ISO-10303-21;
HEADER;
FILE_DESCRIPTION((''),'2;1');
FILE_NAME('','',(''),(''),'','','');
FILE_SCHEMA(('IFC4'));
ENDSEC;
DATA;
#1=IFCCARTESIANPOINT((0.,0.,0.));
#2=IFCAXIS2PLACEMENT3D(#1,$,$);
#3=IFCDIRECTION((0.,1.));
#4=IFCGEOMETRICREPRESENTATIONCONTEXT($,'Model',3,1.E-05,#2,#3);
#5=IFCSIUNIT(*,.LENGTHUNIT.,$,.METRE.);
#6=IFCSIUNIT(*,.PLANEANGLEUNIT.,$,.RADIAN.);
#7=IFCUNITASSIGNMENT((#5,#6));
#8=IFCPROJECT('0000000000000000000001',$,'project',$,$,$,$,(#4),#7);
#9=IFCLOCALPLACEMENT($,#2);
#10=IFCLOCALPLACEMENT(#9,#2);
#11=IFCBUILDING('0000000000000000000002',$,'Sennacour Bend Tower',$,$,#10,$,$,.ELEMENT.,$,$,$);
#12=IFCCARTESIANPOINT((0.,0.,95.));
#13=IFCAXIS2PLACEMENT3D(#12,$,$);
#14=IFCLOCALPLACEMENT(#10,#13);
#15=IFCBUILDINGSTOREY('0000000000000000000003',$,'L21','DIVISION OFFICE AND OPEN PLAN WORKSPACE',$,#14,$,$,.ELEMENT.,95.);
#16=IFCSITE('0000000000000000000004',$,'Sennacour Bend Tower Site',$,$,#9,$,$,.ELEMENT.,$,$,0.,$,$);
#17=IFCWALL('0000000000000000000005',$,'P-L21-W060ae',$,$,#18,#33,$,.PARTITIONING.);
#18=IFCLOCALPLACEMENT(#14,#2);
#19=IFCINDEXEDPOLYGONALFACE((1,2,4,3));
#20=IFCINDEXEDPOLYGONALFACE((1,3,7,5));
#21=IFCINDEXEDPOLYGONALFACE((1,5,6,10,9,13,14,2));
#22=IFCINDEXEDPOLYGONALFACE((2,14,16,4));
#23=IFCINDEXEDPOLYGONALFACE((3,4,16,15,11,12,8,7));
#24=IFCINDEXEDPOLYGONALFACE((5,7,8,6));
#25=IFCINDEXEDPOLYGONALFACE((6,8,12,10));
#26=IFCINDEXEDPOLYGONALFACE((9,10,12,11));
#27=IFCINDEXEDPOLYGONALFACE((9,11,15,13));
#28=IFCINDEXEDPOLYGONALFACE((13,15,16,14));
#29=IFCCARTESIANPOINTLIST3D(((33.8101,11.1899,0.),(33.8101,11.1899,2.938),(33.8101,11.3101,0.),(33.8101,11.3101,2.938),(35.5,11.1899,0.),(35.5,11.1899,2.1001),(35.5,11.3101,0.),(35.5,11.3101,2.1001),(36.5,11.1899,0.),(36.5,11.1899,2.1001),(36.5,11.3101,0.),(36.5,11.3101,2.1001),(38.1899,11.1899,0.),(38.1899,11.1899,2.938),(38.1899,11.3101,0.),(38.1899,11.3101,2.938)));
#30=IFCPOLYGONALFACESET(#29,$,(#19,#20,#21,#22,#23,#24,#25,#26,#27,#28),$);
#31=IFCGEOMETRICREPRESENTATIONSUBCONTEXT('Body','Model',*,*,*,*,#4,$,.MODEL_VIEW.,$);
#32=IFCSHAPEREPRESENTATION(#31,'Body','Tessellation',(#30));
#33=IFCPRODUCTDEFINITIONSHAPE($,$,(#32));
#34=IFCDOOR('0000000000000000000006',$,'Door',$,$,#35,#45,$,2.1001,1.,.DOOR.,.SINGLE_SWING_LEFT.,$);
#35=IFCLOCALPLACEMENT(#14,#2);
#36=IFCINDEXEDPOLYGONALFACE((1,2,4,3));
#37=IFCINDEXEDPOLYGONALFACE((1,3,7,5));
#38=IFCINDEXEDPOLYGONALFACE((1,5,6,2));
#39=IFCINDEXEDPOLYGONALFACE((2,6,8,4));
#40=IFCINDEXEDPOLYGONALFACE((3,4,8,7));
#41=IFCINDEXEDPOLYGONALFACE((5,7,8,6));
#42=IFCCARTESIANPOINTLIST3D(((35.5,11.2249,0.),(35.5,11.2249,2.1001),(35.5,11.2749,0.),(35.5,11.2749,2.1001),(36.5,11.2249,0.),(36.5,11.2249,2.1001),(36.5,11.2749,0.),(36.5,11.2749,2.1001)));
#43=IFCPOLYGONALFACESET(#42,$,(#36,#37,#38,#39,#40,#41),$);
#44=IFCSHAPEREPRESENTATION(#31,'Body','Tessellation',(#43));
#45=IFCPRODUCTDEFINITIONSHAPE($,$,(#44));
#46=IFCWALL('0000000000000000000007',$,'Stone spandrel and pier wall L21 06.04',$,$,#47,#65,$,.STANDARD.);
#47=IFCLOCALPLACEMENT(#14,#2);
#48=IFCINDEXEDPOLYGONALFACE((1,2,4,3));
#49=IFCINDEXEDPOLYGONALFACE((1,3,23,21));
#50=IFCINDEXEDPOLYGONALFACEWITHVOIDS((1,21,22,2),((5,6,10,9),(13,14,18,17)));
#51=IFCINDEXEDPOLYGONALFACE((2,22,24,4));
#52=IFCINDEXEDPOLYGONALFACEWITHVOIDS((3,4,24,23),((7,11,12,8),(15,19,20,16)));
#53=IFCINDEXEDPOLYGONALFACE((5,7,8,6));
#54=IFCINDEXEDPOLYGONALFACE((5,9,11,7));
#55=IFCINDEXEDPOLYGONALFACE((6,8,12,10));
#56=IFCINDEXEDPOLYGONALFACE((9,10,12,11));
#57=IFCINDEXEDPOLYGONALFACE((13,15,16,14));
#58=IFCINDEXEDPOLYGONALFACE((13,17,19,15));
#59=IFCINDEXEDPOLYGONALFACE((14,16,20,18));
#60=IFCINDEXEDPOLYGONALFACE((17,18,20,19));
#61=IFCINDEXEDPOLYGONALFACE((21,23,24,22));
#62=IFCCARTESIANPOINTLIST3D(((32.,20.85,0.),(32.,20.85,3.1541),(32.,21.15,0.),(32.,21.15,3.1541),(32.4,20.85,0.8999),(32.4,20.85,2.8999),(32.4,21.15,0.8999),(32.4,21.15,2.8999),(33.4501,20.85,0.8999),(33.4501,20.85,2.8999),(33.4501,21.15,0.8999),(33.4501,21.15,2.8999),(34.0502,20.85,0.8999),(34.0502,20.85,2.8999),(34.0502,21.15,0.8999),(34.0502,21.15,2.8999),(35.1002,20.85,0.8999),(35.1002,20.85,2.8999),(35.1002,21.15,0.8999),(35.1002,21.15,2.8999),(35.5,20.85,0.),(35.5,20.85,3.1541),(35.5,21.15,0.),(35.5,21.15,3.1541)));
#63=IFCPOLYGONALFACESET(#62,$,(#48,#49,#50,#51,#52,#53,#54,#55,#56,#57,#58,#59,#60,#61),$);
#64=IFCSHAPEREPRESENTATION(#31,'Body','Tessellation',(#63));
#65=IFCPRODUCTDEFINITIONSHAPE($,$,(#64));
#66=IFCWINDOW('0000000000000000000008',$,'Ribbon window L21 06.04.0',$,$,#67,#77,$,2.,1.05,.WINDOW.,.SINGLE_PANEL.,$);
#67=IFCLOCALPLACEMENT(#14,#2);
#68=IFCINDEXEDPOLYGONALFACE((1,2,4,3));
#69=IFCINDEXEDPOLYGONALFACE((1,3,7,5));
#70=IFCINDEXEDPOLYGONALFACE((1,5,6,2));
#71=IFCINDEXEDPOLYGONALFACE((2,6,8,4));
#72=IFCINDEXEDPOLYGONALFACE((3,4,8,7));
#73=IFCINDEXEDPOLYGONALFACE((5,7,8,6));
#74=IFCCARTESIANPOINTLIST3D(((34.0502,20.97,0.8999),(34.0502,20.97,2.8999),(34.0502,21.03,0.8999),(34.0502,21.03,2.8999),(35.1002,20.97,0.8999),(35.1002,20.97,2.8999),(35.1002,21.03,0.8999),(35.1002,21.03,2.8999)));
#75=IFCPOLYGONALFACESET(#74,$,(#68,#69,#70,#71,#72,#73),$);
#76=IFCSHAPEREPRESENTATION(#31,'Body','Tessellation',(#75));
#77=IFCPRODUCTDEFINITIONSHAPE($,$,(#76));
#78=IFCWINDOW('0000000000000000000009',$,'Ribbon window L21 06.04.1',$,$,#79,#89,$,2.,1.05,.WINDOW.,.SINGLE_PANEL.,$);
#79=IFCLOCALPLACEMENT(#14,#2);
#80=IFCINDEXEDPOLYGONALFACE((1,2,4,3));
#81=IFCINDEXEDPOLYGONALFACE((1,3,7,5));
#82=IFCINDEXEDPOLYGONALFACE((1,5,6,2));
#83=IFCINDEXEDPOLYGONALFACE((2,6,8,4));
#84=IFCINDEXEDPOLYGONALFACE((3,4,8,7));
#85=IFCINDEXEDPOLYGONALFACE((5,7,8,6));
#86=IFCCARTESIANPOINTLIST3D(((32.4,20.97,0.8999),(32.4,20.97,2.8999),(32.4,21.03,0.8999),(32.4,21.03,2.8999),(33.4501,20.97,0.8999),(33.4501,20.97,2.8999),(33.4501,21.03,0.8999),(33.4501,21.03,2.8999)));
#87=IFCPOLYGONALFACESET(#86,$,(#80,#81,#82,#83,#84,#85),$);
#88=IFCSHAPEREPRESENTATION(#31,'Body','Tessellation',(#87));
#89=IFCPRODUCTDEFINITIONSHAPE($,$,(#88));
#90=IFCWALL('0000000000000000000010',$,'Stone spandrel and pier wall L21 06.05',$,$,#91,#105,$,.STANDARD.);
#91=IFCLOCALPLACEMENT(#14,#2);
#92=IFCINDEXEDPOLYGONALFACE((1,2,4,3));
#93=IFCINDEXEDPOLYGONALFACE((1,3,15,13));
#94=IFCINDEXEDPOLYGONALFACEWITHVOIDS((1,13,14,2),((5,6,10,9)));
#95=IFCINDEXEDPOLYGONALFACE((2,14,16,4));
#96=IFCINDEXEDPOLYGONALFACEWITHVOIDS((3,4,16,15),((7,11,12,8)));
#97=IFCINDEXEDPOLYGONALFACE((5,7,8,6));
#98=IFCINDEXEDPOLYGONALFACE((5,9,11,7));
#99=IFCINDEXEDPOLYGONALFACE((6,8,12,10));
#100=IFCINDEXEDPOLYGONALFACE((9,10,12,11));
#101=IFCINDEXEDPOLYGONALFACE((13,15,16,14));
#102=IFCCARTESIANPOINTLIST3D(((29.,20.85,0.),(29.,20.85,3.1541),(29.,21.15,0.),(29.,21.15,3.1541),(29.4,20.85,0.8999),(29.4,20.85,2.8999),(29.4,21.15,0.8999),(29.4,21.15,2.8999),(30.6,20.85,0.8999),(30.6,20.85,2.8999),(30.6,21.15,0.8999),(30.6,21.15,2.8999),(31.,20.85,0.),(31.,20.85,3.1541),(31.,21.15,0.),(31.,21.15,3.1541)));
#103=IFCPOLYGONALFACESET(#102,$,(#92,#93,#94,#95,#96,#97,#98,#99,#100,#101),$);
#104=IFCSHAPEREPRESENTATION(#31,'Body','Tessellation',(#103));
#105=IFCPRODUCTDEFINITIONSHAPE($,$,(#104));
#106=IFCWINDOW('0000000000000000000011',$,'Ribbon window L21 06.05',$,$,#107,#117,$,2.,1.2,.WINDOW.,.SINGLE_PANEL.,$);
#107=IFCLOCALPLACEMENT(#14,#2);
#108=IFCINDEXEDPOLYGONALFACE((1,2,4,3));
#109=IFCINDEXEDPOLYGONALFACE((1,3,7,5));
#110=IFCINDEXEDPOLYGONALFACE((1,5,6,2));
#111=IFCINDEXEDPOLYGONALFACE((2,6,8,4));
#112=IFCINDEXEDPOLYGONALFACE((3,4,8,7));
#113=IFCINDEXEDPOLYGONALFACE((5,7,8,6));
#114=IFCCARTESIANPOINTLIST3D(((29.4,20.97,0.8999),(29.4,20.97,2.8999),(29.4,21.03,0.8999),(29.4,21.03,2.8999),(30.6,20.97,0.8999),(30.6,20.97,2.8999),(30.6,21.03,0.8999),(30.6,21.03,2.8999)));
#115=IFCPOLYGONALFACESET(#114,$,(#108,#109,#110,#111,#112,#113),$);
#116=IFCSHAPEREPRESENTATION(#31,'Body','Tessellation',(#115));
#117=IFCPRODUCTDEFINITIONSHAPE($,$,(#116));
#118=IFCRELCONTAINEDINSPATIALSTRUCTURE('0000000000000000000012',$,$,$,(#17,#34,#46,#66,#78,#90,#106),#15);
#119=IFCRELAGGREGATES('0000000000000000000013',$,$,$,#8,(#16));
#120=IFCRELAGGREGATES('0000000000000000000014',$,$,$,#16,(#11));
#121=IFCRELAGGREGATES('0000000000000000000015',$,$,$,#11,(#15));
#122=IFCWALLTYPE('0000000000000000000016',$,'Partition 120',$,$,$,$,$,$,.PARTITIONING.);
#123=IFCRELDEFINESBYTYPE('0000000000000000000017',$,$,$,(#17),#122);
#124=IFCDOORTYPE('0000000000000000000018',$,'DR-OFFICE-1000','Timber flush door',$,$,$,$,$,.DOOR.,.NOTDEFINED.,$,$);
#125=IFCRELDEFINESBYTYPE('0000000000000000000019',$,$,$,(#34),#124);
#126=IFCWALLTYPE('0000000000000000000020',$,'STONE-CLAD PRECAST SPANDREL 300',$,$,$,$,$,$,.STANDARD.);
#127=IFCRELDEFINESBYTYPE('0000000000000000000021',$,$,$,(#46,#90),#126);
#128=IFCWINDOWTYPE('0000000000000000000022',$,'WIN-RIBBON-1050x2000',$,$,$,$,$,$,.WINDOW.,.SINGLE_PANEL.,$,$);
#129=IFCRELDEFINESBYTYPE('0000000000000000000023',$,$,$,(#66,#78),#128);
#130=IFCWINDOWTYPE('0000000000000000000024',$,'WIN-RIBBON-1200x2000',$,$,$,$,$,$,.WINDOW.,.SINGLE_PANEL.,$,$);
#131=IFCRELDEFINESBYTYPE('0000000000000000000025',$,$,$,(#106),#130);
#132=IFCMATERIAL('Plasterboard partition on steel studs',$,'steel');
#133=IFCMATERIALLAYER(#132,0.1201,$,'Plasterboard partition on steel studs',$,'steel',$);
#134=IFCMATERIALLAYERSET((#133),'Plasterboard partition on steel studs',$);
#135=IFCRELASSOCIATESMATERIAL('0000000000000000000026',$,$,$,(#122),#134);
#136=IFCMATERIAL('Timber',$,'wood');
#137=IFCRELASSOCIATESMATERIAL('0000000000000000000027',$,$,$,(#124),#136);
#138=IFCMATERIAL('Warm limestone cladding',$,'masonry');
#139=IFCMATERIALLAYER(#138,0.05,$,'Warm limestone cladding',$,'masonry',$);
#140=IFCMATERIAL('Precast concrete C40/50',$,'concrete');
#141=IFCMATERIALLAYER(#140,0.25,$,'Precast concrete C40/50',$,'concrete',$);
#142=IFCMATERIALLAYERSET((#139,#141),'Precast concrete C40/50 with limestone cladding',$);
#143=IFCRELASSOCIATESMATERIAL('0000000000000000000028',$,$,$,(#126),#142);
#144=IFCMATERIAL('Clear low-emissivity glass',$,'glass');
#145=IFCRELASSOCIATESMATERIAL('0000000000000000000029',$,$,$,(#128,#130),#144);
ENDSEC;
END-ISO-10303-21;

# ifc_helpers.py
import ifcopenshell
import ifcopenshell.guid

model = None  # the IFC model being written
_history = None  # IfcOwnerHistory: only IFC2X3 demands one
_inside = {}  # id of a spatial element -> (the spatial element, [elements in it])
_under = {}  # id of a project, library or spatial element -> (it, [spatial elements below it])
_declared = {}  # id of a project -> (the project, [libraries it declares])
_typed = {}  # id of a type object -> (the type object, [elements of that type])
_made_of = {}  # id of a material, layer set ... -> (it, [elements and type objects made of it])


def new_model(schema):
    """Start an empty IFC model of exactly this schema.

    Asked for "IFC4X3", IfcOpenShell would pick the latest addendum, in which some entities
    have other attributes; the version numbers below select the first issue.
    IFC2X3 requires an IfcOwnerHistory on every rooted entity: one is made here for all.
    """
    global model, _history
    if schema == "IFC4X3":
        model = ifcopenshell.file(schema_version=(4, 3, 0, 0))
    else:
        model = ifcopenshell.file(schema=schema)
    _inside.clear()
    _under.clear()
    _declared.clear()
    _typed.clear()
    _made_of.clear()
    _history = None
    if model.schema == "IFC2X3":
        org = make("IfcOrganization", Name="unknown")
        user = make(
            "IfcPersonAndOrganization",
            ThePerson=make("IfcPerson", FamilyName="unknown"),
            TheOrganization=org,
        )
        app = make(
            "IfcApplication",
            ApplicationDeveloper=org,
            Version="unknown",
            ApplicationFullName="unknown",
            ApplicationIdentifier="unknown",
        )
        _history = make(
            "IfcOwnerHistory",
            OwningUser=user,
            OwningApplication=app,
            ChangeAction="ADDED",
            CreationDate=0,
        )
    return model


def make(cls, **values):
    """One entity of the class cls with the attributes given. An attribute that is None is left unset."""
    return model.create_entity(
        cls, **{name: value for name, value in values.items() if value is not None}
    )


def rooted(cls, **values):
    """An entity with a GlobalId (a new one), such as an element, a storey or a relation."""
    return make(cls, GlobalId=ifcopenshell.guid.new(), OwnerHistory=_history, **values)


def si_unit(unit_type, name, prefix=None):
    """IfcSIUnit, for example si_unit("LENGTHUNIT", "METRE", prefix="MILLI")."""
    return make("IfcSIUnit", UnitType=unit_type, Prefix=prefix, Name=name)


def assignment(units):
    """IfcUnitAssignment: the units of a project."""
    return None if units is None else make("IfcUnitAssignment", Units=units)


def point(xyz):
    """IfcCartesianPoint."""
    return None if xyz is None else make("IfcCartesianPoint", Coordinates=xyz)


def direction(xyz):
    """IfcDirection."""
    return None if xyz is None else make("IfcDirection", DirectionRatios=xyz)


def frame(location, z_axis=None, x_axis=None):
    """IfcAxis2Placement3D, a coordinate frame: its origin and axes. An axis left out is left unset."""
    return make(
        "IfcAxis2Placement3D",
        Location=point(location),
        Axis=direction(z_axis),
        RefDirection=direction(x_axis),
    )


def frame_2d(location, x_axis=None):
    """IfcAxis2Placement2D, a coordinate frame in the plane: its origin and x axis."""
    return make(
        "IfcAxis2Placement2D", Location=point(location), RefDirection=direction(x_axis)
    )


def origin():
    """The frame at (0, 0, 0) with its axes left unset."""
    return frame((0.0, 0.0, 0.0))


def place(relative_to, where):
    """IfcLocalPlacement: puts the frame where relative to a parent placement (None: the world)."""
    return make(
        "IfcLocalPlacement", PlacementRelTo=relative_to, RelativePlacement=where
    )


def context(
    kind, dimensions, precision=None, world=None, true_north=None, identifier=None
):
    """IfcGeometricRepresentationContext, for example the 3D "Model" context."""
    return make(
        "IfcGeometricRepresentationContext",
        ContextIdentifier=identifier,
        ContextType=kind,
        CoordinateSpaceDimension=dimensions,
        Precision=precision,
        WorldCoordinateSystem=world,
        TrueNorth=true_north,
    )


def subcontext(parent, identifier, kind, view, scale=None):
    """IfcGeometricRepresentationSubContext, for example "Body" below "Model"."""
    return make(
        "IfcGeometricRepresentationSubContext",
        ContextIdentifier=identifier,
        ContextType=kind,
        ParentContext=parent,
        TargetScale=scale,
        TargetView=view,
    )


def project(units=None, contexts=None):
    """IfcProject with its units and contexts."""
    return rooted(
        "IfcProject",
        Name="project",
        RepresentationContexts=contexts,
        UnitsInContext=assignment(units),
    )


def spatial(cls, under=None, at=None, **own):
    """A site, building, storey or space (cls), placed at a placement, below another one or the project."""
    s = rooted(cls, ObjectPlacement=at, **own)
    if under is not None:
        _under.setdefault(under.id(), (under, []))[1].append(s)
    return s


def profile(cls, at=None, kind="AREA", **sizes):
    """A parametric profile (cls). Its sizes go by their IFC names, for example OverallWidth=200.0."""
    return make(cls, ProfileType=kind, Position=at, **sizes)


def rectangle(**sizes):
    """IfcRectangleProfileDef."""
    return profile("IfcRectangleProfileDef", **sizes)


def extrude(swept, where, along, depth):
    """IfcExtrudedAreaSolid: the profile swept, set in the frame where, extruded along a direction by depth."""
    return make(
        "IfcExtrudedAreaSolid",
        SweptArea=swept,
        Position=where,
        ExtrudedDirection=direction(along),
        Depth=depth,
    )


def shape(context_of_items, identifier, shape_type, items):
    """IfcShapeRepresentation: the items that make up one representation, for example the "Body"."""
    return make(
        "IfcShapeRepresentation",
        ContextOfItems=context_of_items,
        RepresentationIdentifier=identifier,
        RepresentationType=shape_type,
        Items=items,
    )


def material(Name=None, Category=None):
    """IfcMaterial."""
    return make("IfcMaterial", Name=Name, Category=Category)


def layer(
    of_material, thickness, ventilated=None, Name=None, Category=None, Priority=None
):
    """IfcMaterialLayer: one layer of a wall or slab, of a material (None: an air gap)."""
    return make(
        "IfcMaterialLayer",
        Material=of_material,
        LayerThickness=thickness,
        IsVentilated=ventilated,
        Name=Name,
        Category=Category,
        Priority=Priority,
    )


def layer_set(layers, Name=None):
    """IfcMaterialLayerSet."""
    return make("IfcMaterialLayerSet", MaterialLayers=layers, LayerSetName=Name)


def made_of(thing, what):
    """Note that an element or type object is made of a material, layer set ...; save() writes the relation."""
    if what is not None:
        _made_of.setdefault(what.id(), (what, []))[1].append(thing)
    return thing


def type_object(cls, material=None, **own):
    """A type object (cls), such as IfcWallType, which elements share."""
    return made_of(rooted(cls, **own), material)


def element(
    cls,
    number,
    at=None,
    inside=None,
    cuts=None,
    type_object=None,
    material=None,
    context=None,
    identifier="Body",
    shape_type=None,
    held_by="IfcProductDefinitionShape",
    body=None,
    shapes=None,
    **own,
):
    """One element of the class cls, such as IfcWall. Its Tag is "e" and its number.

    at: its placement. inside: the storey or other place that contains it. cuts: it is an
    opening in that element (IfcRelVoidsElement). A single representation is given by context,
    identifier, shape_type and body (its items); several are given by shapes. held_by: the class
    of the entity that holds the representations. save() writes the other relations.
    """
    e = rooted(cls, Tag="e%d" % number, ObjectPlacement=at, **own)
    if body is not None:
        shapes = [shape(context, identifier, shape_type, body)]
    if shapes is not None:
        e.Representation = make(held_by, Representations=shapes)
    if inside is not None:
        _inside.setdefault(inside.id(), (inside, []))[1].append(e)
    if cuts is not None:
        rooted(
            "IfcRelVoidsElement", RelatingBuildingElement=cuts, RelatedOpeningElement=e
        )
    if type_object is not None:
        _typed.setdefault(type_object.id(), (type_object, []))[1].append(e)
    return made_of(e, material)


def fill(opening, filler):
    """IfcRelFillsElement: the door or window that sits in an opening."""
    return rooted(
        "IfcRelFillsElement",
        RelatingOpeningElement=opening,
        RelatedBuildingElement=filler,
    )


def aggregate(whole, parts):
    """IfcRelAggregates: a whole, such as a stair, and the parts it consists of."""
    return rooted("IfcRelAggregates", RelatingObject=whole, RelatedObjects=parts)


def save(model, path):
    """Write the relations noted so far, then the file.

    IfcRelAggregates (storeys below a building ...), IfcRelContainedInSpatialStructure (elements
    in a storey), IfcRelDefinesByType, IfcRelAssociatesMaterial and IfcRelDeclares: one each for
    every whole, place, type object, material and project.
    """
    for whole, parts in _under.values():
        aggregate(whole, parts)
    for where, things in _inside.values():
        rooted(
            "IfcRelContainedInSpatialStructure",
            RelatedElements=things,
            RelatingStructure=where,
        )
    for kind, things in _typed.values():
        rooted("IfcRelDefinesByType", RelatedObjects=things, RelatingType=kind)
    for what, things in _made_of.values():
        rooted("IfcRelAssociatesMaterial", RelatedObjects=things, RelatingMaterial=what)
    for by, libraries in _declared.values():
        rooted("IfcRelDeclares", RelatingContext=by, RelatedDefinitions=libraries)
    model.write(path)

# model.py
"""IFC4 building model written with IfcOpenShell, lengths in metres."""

from ifc_helpers import new_model, si_unit, direction, frame, frame_2d, origin, place, context, subcontext, project, spatial, rectangle, extrude, material, layer, layer_set, type_object, element, fill, save


model = new_model("IFC4")

# Units and contexts
model_context = context("Model", 3, precision=1e-05, world=origin(), true_north=direction((0.0, 1.0)))
body_context = subcontext(model_context, "Body", "Model", "MODEL_VIEW")
ifc_project = project(units=[si_unit("LENGTHUNIT", "METRE"), si_unit("PLANEANGLEUNIT", "RADIAN")], contexts=[model_context])

# Site, building, storey
site_placement = place(None, origin())
site = spatial("IfcSite", under=ifc_project, at=site_placement, Name="Sennacour Bend Tower Site", CompositionType="ELEMENT", RefElevation=0.0)
building_placement = place(site_placement, origin())
building = spatial("IfcBuilding", under=site, at=building_placement, Name="Sennacour Bend Tower", CompositionType="ELEMENT")
storey_placement = place(building_placement, frame((0.0, 0.0, 95.0)))
storey = spatial("IfcBuildingStorey", under=building, at=storey_placement, Name="L21", Description="DIVISION OFFICE AND OPEN PLAN WORKSPACE", CompositionType="ELEMENT", Elevation=95.0)

# Shared definitions
ifc_material_1 = material(Name="Plasterboard partition on steel studs", Category="steel")
ifc_layer_1 = layer(ifc_material_1, 0.1201, Name="Plasterboard partition on steel studs", Category="steel")
ifc_layer_set_1 = layer_set([ifc_layer_1], Name="Plasterboard partition on steel studs")
wall_type_1 = type_object("IfcWallType", Name="Partition 120", PredefinedType="PARTITIONING", material=ifc_layer_set_1)

# Wall, opening, door
ifc_material_2 = material(Name="Timber", Category="wood")
door_type = type_object("IfcDoorType", Name="DR-OFFICE-1000", Description="Timber flush door", OperationType="NOTDEFINED", PredefinedType="DOOR", material=ifc_material_2)
wall_1_placement = place(storey_placement, frame((33.8101, 11.25, 0.0), z_axis=(0.0, 0.0, 1.0), x_axis=(1.0, 0.0, 0.0)))
wall_1 = element("IfcWall", 1, at=wall_1_placement, inside=storey, type_object=wall_type_1, Name="P-L21-W060ae", PredefinedType="PARTITIONING", context=body_context, shape_type="SweptSolid", body=[
    extrude(rectangle(XDim=4.3799, YDim=0.1201, at=frame_2d((2.1899, 0.0))), origin(), (0.0, 0.0, 1.0), 2.938),
])
opening_1_placement = place(wall_1_placement, frame((1.6899, 0.0, 0.0)))
opening_1 = element("IfcOpeningElement", 2, at=opening_1_placement, cuts=wall_1, PredefinedType="OPENING", context=body_context, shape_type="SweptSolid", body=[
    extrude(rectangle(XDim=1.0, YDim=2.1001, at=frame_2d((0.5, 1.05))), frame((0.0, 0.0701, 0.0), z_axis=(0.0, -1.0, 0.0), x_axis=(1.0, 0.0, 0.0)), (0.0, 0.0, 1.0), 0.1401),
])
door_1_placement = place(opening_1_placement, origin())
door_1 = element("IfcDoor", 3, at=door_1_placement, inside=storey, type_object=door_type, Name="Door", OperationType="SINGLE_SWING_LEFT", OverallHeight=2.1001, OverallWidth=1.0, PredefinedType="DOOR", context=body_context, shape_type="SweptSolid", body=[
    extrude(rectangle(XDim=1.0, YDim=2.1001, at=frame_2d((0.5, 1.05))), frame((0.0, 0.0249, 0.0), z_axis=(0.0, -1.0, 0.0), x_axis=(1.0, 0.0, 0.0)), (0.0, 0.0, 1.0), 0.05),
])
fill(opening_1, door_1)

# Wall, openings, windows
ifc_material_3 = material(Name="Warm limestone cladding", Category="masonry")
ifc_layer_2 = layer(ifc_material_3, 0.05, Name="Warm limestone cladding", Category="masonry")
ifc_material_4 = material(Name="Precast concrete C40/50", Category="concrete")
ifc_layer_3 = layer(ifc_material_4, 0.25, Name="Precast concrete C40/50", Category="concrete")
ifc_layer_set_2 = layer_set([ifc_layer_2, ifc_layer_3], Name="Precast concrete C40/50 with limestone cladding")
wall_type_2 = type_object("IfcWallType", Name="STONE-CLAD PRECAST SPANDREL 300", PredefinedType="STANDARD", material=ifc_layer_set_2)
wall_2_placement = place(storey_placement, frame((35.5, 21.0, 0.0), z_axis=(0.0, 0.0, 1.0), x_axis=(-1.0, 0.0, 0.0)))
wall_2 = element("IfcWall", 4, at=wall_2_placement, inside=storey, type_object=wall_type_2, Name="Stone spandrel and pier wall L21 06.04", PredefinedType="STANDARD", context=body_context, shape_type="SweptSolid", body=[
    extrude(rectangle(XDim=3.5, YDim=0.3, at=frame_2d((1.75, 0.0))), origin(), (0.0, 0.0, 1.0), 3.1541),
])
opening_2_placement = place(wall_2_placement, frame((0.3999, 0.0, 0.8999)))
opening_2 = element("IfcOpeningElement", 5, at=opening_2_placement, cuts=wall_2, PredefinedType="OPENING", context=body_context, shape_type="SweptSolid", body=[
    extrude(rectangle(XDim=1.05, YDim=2.0, at=frame_2d((0.5249, 1.0))), frame((0.0, 0.1602, 0.0), z_axis=(0.0, -1.0, 0.0), x_axis=(1.0, 0.0, 0.0)), (0.0, 0.0, 1.0), 0.3201),
])
opening_3_placement = place(wall_2_placement, frame((2.05, 0.0, 0.8999)))
opening_3 = element("IfcOpeningElement", 6, at=opening_3_placement, cuts=wall_2, PredefinedType="OPENING", context=body_context, shape_type="SweptSolid", body=[
    extrude(rectangle(XDim=1.05, YDim=2.0, at=frame_2d((0.5249, 1.0))), frame((0.0, 0.1602, 0.0), z_axis=(0.0, -1.0, 0.0), x_axis=(1.0, 0.0, 0.0)), (0.0, 0.0, 1.0), 0.3201),
])
ifc_material_5 = material(Name="Clear low-emissivity glass", Category="glass")
window_type_1 = type_object("IfcWindowType", Name="WIN-RIBBON-1050x2000", PartitioningType="SINGLE_PANEL", PredefinedType="WINDOW", material=ifc_material_5)
window_1_placement = place(opening_2_placement, origin())
window_1 = element("IfcWindow", 7, at=window_1_placement, inside=storey, type_object=window_type_1, Name="Ribbon window L21 06.04.0", OverallHeight=2.0, OverallWidth=1.05, PartitioningType="SINGLE_PANEL", PredefinedType="WINDOW", context=body_context, shape_type="SweptSolid", body=[
    extrude(rectangle(XDim=1.05, YDim=2.0, at=frame_2d((0.5249, 1.0))), frame((0.0, 0.03, 0.0), z_axis=(0.0, -1.0, 0.0), x_axis=(1.0, 0.0, 0.0)), (0.0, 0.0, 1.0), 0.0601),
])
fill(opening_2, window_1)
window_2_placement = place(opening_3_placement, origin())
window_2 = element("IfcWindow", 8, at=window_2_placement, inside=storey, type_object=window_type_1, Name="Ribbon window L21 06.04.1", OverallHeight=2.0, OverallWidth=1.05, PartitioningType="SINGLE_PANEL", PredefinedType="WINDOW", context=body_context, shape_type="SweptSolid", body=[
    extrude(rectangle(XDim=1.05, YDim=2.0, at=frame_2d((0.5249, 1.0))), frame((0.0, 0.03, 0.0), z_axis=(0.0, -1.0, 0.0), x_axis=(1.0, 0.0, 0.0)), (0.0, 0.0, 1.0), 0.0601),
])
fill(opening_3, window_2)

# Wall, opening, window
wall_3_placement = place(storey_placement, frame((31.0, 21.0, 0.0), z_axis=(0.0, 0.0, 1.0), x_axis=(-1.0, 0.0, 0.0)))
wall_3 = element("IfcWall", 9, at=wall_3_placement, inside=storey, type_object=wall_type_2, Name="Stone spandrel and pier wall L21 06.05", PredefinedType="STANDARD", context=body_context, shape_type="SweptSolid", body=[
    extrude(rectangle(XDim=2.0, YDim=0.3, at=frame_2d((1.0, 0.0))), origin(), (0.0, 0.0, 1.0), 3.1541),
])
opening_4_placement = place(wall_3_placement, frame((0.3999, 0.0, 0.8999)))
opening_4 = element("IfcOpeningElement", 10, at=opening_4_placement, cuts=wall_3, PredefinedType="OPENING", context=body_context, shape_type="SweptSolid", body=[
    extrude(rectangle(XDim=1.2, YDim=2.0, at=frame_2d((0.6001, 1.0))), frame((0.0, 0.1602, 0.0), z_axis=(0.0, -1.0, 0.0), x_axis=(1.0, 0.0, 0.0)), (0.0, 0.0, 1.0), 0.3201),
])
window_type_2 = type_object("IfcWindowType", Name="WIN-RIBBON-1200x2000", PartitioningType="SINGLE_PANEL", PredefinedType="WINDOW", material=ifc_material_5)
window_3_placement = place(opening_4_placement, origin())
window_3 = element("IfcWindow", 11, at=window_3_placement, inside=storey, type_object=window_type_2, Name="Ribbon window L21 06.05", OverallHeight=2.0, OverallWidth=1.2, PartitioningType="SINGLE_PANEL", PredefinedType="WINDOW", context=body_context, shape_type="SweptSolid", body=[
    extrude(rectangle(XDim=1.2, YDim=2.0, at=frame_2d((0.6001, 1.0))), frame((0.0, 0.03, 0.0), z_axis=(0.0, -1.0, 0.0), x_axis=(1.0, 0.0, 0.0)), (0.0, 0.0, 1.0), 0.0601),
])
fill(opening_4, window_3)

save(model, "model.ifc")
